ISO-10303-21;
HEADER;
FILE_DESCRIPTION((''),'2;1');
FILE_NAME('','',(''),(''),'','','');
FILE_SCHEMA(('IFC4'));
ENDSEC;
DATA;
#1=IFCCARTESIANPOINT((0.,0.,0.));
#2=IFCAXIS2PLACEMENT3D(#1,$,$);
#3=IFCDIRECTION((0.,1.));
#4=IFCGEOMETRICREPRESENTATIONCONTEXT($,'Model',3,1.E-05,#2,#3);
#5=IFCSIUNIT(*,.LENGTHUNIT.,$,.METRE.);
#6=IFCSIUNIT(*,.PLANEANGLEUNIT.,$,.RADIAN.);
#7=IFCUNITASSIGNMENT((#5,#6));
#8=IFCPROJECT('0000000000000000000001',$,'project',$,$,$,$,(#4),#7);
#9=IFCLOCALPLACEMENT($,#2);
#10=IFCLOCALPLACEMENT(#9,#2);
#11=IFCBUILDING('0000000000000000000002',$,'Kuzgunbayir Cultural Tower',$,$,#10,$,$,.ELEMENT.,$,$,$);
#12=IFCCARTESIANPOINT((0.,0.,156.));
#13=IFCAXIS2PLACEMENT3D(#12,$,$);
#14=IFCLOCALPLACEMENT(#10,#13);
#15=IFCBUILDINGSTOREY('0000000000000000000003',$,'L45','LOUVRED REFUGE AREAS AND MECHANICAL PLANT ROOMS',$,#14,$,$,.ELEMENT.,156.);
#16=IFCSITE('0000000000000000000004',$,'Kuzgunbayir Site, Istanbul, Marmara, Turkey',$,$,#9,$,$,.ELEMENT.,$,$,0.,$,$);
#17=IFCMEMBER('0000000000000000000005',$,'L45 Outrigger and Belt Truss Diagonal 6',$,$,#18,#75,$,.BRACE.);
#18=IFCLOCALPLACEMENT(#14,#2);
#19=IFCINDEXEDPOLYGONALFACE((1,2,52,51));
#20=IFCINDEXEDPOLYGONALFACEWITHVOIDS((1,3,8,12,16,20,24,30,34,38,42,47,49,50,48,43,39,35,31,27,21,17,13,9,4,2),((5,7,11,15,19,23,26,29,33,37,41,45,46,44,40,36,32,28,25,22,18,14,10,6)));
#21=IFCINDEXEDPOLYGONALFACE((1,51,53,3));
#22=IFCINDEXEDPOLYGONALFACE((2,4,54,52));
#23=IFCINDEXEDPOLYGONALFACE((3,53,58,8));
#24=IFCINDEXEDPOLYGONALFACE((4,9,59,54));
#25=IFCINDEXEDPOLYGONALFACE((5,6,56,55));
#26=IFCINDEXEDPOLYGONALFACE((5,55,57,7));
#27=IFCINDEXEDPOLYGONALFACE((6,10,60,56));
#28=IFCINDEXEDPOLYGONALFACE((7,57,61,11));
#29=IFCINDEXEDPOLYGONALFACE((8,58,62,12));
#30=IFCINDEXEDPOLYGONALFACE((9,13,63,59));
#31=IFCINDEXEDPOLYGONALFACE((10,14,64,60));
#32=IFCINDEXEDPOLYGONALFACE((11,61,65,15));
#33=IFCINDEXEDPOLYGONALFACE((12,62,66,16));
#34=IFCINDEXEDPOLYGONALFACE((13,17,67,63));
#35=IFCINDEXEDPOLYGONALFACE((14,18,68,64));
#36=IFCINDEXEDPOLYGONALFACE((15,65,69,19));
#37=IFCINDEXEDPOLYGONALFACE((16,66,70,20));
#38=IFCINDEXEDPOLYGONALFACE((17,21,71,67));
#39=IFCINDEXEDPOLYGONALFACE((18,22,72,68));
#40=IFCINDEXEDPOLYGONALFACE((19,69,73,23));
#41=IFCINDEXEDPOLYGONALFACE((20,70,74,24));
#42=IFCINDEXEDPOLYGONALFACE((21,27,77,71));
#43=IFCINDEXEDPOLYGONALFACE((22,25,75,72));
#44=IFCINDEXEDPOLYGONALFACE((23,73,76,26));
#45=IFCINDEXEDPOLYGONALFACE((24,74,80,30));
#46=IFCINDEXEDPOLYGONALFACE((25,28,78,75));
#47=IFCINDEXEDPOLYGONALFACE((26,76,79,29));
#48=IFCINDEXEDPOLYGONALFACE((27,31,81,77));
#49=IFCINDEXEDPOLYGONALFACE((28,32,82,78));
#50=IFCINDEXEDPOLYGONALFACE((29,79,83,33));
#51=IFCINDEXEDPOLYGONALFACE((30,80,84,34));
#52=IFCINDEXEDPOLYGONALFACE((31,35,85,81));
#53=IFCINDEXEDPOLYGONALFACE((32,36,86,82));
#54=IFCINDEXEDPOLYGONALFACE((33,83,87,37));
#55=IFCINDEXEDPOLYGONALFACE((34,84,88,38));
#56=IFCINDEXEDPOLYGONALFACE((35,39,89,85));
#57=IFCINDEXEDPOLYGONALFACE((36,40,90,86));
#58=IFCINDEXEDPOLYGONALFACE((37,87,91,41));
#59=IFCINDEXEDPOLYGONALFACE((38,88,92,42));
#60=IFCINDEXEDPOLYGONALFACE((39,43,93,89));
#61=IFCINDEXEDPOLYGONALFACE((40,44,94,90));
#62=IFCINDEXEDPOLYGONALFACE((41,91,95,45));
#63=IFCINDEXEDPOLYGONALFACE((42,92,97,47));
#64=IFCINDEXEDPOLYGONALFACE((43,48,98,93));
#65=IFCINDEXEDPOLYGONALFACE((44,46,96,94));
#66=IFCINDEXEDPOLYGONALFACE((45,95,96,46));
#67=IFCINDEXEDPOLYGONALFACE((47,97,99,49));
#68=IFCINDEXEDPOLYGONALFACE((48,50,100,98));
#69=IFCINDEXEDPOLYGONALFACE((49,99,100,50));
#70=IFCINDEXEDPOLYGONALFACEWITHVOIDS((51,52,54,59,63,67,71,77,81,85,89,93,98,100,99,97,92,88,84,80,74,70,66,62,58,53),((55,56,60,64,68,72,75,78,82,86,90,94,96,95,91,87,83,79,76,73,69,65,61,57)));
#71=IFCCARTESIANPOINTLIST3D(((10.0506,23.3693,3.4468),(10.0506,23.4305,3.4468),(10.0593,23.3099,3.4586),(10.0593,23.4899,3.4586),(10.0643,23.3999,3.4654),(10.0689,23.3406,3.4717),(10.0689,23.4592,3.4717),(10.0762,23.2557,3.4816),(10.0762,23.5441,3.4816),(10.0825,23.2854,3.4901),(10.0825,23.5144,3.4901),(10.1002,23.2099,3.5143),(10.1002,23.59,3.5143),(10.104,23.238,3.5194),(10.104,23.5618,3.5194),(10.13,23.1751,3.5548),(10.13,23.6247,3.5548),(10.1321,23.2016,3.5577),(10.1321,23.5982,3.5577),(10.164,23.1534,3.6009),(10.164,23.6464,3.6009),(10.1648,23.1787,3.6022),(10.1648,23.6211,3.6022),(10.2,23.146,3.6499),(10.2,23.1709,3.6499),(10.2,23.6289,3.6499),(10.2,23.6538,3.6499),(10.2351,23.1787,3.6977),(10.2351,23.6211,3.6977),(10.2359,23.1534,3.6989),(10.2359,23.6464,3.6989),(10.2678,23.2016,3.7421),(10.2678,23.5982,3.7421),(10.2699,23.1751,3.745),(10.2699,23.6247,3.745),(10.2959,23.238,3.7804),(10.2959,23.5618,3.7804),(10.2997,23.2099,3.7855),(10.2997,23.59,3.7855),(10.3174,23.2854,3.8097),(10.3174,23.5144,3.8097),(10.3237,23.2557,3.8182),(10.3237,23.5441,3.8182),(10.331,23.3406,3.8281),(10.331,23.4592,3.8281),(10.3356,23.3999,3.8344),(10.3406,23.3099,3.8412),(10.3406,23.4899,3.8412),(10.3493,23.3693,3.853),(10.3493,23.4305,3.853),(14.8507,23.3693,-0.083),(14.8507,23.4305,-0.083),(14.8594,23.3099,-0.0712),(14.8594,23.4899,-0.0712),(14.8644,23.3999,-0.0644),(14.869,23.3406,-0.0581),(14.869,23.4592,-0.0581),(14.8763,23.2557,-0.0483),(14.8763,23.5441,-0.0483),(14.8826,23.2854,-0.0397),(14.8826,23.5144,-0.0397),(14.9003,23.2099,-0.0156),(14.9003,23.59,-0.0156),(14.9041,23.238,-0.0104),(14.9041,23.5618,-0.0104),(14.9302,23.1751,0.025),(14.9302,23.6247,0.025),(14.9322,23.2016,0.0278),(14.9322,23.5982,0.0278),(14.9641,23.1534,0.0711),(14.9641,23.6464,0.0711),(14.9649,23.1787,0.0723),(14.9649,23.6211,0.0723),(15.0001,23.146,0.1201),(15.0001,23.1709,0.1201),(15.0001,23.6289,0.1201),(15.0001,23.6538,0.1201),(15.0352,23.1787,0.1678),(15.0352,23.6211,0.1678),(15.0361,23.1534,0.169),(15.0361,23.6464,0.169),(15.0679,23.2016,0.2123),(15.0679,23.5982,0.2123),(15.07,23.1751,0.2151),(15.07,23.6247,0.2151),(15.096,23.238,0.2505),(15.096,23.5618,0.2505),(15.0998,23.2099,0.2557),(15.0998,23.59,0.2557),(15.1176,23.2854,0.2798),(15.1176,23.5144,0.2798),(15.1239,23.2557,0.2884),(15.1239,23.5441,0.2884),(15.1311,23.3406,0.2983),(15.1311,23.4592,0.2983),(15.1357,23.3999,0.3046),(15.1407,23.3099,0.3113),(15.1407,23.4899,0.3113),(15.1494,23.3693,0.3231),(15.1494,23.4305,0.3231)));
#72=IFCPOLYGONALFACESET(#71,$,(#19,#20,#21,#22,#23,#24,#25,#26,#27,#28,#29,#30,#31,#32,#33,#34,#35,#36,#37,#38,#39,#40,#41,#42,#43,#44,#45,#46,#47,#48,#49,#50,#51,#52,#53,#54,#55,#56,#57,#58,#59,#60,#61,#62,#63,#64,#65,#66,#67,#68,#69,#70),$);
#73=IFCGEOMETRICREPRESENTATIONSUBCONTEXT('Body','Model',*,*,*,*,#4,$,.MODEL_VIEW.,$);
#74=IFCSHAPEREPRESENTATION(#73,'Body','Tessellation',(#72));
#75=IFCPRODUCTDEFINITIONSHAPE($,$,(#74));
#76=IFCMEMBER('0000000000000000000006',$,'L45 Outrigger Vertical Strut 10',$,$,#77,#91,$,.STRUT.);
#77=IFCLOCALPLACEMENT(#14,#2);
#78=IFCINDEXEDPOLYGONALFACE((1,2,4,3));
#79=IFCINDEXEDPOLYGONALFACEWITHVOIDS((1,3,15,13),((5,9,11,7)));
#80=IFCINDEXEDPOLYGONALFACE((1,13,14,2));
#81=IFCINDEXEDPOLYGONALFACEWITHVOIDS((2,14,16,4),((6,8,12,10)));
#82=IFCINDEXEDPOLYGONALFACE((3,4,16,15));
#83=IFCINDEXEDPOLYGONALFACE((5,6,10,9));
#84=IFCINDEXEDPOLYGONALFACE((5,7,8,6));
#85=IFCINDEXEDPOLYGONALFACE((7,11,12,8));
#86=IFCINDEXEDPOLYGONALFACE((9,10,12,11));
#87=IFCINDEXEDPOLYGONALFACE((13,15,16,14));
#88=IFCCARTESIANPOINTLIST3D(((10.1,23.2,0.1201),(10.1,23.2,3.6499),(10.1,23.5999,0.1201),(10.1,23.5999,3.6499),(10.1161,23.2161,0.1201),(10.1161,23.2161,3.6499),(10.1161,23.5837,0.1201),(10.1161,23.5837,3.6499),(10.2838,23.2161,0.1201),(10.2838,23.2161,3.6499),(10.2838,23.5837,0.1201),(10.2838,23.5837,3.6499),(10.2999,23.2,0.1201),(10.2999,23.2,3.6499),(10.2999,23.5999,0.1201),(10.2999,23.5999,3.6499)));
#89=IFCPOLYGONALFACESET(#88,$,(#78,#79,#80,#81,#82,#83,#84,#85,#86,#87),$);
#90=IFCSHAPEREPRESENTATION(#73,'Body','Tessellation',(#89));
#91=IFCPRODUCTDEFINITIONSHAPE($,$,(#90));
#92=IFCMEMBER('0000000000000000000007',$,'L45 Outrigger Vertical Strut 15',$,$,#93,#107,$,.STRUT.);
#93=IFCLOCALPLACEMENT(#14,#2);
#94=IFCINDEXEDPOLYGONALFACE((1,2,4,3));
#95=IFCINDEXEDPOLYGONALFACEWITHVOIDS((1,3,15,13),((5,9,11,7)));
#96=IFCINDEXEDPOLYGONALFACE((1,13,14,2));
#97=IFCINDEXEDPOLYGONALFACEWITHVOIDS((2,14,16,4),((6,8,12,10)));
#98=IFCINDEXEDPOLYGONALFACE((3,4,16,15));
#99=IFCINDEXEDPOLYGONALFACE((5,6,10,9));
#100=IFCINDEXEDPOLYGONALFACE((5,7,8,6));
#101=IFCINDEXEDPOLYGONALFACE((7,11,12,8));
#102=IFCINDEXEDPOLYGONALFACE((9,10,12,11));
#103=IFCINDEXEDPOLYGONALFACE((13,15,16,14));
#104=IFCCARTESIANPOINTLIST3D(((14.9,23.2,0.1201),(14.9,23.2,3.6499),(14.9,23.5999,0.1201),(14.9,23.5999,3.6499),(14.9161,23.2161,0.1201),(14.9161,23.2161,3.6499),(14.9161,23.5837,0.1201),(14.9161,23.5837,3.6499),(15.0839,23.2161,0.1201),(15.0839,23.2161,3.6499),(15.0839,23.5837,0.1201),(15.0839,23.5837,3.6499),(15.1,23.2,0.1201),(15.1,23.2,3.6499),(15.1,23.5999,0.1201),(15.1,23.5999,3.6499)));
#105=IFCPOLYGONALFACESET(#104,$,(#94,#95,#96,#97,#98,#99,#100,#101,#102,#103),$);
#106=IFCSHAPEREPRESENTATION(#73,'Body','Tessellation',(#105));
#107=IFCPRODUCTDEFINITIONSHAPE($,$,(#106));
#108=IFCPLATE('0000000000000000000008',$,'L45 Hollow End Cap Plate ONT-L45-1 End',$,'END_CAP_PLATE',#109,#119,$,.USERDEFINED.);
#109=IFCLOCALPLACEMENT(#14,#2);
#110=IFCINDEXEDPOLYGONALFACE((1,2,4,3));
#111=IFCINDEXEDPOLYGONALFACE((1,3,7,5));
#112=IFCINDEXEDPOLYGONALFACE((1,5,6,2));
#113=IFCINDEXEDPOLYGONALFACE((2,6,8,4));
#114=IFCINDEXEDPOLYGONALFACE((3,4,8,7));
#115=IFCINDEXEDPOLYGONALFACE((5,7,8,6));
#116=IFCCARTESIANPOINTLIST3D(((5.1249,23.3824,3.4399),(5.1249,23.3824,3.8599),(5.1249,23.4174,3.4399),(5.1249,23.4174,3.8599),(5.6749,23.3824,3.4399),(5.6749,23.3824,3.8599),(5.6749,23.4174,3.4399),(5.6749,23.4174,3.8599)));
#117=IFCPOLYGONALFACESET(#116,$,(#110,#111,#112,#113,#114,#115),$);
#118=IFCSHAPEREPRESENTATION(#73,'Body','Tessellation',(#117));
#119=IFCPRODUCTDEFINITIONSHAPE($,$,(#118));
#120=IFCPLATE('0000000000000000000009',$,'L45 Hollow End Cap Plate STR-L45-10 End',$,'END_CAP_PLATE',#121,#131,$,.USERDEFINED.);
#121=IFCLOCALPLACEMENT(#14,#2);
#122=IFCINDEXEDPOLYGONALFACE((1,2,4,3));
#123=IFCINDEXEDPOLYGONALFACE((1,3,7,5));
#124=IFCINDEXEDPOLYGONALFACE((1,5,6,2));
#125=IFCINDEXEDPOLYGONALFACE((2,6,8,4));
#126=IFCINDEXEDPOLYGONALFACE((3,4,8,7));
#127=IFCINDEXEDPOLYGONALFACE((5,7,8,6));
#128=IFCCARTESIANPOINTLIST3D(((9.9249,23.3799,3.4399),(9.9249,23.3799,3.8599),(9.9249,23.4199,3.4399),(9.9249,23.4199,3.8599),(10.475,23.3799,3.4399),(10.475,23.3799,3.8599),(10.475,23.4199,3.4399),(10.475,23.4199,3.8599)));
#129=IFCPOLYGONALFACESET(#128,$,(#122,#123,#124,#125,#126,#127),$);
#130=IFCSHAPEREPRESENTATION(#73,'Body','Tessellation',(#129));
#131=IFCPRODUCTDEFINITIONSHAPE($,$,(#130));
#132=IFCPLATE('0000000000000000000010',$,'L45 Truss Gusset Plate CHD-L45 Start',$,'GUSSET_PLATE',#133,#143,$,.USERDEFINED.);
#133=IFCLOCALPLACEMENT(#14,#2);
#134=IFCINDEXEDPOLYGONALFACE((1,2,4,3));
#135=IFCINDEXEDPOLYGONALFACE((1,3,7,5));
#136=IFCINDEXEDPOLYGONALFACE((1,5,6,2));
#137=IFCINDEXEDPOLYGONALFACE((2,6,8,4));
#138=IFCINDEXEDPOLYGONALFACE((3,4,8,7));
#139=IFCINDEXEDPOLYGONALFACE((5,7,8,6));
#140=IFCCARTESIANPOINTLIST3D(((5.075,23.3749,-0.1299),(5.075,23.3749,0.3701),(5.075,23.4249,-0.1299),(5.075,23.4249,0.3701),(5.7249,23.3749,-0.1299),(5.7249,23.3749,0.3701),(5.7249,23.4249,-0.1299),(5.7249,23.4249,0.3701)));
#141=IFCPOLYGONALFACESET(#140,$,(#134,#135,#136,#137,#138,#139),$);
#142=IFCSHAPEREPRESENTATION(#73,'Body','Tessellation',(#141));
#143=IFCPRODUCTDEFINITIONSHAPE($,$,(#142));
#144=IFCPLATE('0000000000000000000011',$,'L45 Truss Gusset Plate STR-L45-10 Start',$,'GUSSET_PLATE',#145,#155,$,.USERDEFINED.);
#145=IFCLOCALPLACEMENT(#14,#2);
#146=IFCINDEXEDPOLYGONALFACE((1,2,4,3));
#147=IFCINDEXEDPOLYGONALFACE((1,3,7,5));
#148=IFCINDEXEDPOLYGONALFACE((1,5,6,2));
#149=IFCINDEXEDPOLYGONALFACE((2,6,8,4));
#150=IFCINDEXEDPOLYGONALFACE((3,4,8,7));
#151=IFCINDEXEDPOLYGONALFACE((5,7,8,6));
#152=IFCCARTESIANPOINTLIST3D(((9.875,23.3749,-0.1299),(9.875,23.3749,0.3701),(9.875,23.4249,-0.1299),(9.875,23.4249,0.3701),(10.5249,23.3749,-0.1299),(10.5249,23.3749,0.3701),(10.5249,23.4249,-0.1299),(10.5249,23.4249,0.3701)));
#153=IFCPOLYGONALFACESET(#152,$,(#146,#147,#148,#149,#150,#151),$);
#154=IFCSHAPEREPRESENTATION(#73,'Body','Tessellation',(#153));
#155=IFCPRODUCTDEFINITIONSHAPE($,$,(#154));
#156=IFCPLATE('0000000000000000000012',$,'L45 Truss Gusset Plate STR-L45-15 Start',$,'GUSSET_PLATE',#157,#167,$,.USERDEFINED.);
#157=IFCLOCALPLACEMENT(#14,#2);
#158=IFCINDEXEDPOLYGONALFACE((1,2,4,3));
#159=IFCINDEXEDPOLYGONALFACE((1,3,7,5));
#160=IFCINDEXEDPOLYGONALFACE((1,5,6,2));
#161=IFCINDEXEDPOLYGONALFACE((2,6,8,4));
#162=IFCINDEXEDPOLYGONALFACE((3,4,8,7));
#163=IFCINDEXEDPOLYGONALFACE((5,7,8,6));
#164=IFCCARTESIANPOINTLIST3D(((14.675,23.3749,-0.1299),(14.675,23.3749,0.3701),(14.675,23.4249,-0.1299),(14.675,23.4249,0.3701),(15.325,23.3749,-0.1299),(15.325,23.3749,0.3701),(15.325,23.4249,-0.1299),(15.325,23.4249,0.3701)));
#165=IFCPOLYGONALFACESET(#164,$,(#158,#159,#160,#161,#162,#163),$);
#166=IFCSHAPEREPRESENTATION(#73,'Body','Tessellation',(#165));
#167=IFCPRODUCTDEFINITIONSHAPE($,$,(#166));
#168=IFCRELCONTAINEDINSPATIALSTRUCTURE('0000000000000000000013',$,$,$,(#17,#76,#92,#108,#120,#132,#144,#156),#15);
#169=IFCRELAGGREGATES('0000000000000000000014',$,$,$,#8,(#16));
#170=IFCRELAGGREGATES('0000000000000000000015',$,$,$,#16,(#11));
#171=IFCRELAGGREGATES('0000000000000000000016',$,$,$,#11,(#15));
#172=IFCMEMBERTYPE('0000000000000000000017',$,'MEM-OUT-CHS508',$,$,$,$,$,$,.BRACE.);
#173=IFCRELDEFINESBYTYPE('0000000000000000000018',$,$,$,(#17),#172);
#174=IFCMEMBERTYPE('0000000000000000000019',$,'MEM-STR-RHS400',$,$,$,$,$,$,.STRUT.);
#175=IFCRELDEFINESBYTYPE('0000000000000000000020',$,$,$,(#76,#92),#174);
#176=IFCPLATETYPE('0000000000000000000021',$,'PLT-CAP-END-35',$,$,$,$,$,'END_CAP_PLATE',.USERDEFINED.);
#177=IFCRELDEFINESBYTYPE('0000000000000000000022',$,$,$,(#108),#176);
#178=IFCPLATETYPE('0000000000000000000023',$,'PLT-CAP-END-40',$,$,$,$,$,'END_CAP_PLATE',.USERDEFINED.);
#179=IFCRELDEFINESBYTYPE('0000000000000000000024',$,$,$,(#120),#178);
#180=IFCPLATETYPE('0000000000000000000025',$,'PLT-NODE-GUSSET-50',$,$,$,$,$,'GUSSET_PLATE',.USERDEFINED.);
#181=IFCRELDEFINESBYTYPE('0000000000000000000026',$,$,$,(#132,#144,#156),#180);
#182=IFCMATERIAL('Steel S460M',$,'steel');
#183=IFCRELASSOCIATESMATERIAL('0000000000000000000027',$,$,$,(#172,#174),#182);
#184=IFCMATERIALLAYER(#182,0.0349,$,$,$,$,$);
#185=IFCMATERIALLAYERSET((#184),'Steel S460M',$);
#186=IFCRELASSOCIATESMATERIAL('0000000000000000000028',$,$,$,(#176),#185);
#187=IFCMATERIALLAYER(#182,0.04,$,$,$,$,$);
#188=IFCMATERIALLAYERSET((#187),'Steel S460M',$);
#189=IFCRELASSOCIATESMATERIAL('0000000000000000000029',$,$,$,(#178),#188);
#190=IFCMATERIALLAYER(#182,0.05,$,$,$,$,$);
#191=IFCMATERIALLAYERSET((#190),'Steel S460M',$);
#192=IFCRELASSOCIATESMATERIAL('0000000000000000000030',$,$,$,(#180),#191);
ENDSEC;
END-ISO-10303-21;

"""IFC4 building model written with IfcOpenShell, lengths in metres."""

from ifc_helpers import new_model, si_unit, direction, frame, origin, origin_2d, place, context, subcontext, project, spatial, rectangle, hollow_rectangle, hollow_circle, extrude, material, layer, layer_set, material_profile, profile_set, type_object, element, save


model = new_model("IFC4")

# Units and contexts
model_context = context("Model", 3, precision=1e-05, world=origin(), true_north=direction((0.0, 1.0)))
body_context = subcontext(model_context, "Body", "Model", "MODEL_VIEW")
ifc_project = project(units=[si_unit("LENGTHUNIT", "METRE"), si_unit("PLANEANGLEUNIT", "RADIAN")], contexts=[model_context])

# Site, building, storey
site_placement = place(None, origin())
site = spatial("IfcSite", under=ifc_project, at=site_placement, Name="Kuzgunbayir Site, Istanbul, Marmara, Turkey", CompositionType="ELEMENT", RefElevation=0.0)
building_placement = place(site_placement, origin())
building = spatial("IfcBuilding", under=site, at=building_placement, Name="Kuzgunbayir Cultural Tower", CompositionType="ELEMENT")
storey_placement = place(building_placement, frame((0.0, 0.0, 156.0)))
storey = spatial("IfcBuildingStorey", under=building, at=storey_placement, Name="L45", Description="LOUVRED REFUGE AREAS AND MECHANICAL PLANT ROOMS", CompositionType="ELEMENT", Elevation=156.0)

# Members
ifc_material_1 = material(Name="Steel S460M", Category="steel")
ifc_material_profile_1 = material_profile(ifc_material_1, hollow_circle(Radius=0.2539, WallThickness=0.0249, at=origin_2d()), Name="CHS 508x25")
ifc_profile_set_1 = profile_set([ifc_material_profile_1], Name="Steel S460M")
member_type_1 = type_object("IfcMemberType", Name="MEM-OUT-CHS508", PredefinedType="BRACE", material=ifc_profile_set_1)
for number, where, z_axis, x_axis, name in (
    (1, (10.2, 23.3999, 3.6499), (0.805624, 0.0, -0.592427), (0.0, 1.0, 0.0), "L45 Outrigger and Belt Truss Diagonal 6"),
):
    element("IfcMember", number, at=place(storey_placement, frame(where, z_axis=z_axis, x_axis=x_axis)), inside=storey, type_object=member_type_1, Name=name, PredefinedType="BRACE", context=body_context, shape_type="SweptSolid", body=[
        extrude(hollow_circle(Radius=0.2539, WallThickness=0.0249, at=origin_2d()), origin(), (0.0, 0.0, 1.0), 5.9583),
    ])
ifc_material_profile_2 = material_profile(ifc_material_1, hollow_rectangle(XDim=0.2, YDim=0.3999, WallThickness=0.0161, at=origin_2d()), Name="RHS 400x200x16")
ifc_profile_set_2 = profile_set([ifc_material_profile_2], Name="Steel S460M")
member_type_2 = type_object("IfcMemberType", Name="MEM-STR-RHS400", PredefinedType="STRUT", material=ifc_profile_set_2)
for number, where, z_axis, x_axis, name in (
    (2, (10.2, 23.3999, 0.1201), (0.0, 0.0, 1.0), (1.0, 0.0, 0.0), "L45 Outrigger Vertical Strut 10"),
    (3, (15.0, 23.3999, 0.1201), (0.0, 0.0, 1.0), (1.0, 0.0, 0.0), "L45 Outrigger Vertical Strut 15"),
):
    element("IfcMember", number, at=place(storey_placement, frame(where, z_axis=z_axis, x_axis=x_axis)), inside=storey, type_object=member_type_2, Name=name, PredefinedType="STRUT", context=body_context, shape_type="SweptSolid", body=[
        extrude(hollow_rectangle(XDim=0.2, YDim=0.3999, WallThickness=0.0161, at=origin_2d()), origin(), (0.0, 0.0, 1.0), 3.5298),
    ])

# Plates
ifc_layer_1 = layer(ifc_material_1, 0.0349)
ifc_layer_set_1 = layer_set([ifc_layer_1], Name="Steel S460M")
plate_type_1 = type_object("IfcPlateType", Name="PLT-CAP-END-35", ElementType="END_CAP_PLATE", PredefinedType="USERDEFINED", material=ifc_layer_set_1)
plate_1_placement = place(storey_placement, frame((5.3999, 23.3999, 3.4399), z_axis=(0.0, 0.0, 1.0), x_axis=(1.0, 0.0, 0.0)))
element("IfcPlate", 4, at=plate_1_placement, inside=storey, type_object=plate_type_1, Name="L45 Hollow End Cap Plate ONT-L45-1 End", ObjectType="END_CAP_PLATE", PredefinedType="USERDEFINED", context=body_context, shape_type="SweptSolid", body=[
    extrude(rectangle(XDim=0.55, YDim=0.0349, at=origin_2d()), origin(), (0.0, 0.0, 1.0), 0.4199),
])
ifc_layer_2 = layer(ifc_material_1, 0.04)
ifc_layer_set_2 = layer_set([ifc_layer_2], Name="Steel S460M")
plate_type_2 = type_object("IfcPlateType", Name="PLT-CAP-END-40", ElementType="END_CAP_PLATE", PredefinedType="USERDEFINED", material=ifc_layer_set_2)
plate_2_placement = place(storey_placement, frame((10.2, 23.3999, 3.4399), z_axis=(0.0, 0.0, 1.0), x_axis=(1.0, 0.0, 0.0)))
element("IfcPlate", 5, at=plate_2_placement, inside=storey, type_object=plate_type_2, Name="L45 Hollow End Cap Plate STR-L45-10 End", ObjectType="END_CAP_PLATE", PredefinedType="USERDEFINED", context=body_context, shape_type="SweptSolid", body=[
    extrude(rectangle(XDim=0.55, YDim=0.04, at=origin_2d()), origin(), (0.0, 0.0, 1.0), 0.4199),
])
ifc_layer_3 = layer(ifc_material_1, 0.05)
ifc_layer_set_3 = layer_set([ifc_layer_3], Name="Steel S460M")
plate_type_3 = type_object("IfcPlateType", Name="PLT-NODE-GUSSET-50", ElementType="GUSSET_PLATE", PredefinedType="USERDEFINED", material=ifc_layer_set_3)
for number, where, z_axis, x_axis, name in (
    (6, (5.3999, 23.3999, -0.1299), (0.0, 0.0, 1.0), (1.0, 0.0, 0.0), "L45 Truss Gusset Plate CHD-L45 Start"),
    (7, (10.2, 23.3999, -0.1299), (0.0, 0.0, 1.0), (1.0, 0.0, 0.0), "L45 Truss Gusset Plate STR-L45-10 Start"),
    (8, (15.0, 23.3999, -0.1299), (0.0, 0.0, 1.0), (1.0, 0.0, 0.0), "L45 Truss Gusset Plate STR-L45-15 Start"),
):
    element("IfcPlate", number, at=place(storey_placement, frame(where, z_axis=z_axis, x_axis=x_axis)), inside=storey, type_object=plate_type_3, Name=name, ObjectType="GUSSET_PLATE", PredefinedType="USERDEFINED", context=body_context, shape_type="SweptSolid", body=[
        extrude(rectangle(XDim=0.6499, YDim=0.05, at=origin_2d()), origin(), (0.0, 0.0, 1.0), 0.5),
    ])

save(model, "model.ifc")
